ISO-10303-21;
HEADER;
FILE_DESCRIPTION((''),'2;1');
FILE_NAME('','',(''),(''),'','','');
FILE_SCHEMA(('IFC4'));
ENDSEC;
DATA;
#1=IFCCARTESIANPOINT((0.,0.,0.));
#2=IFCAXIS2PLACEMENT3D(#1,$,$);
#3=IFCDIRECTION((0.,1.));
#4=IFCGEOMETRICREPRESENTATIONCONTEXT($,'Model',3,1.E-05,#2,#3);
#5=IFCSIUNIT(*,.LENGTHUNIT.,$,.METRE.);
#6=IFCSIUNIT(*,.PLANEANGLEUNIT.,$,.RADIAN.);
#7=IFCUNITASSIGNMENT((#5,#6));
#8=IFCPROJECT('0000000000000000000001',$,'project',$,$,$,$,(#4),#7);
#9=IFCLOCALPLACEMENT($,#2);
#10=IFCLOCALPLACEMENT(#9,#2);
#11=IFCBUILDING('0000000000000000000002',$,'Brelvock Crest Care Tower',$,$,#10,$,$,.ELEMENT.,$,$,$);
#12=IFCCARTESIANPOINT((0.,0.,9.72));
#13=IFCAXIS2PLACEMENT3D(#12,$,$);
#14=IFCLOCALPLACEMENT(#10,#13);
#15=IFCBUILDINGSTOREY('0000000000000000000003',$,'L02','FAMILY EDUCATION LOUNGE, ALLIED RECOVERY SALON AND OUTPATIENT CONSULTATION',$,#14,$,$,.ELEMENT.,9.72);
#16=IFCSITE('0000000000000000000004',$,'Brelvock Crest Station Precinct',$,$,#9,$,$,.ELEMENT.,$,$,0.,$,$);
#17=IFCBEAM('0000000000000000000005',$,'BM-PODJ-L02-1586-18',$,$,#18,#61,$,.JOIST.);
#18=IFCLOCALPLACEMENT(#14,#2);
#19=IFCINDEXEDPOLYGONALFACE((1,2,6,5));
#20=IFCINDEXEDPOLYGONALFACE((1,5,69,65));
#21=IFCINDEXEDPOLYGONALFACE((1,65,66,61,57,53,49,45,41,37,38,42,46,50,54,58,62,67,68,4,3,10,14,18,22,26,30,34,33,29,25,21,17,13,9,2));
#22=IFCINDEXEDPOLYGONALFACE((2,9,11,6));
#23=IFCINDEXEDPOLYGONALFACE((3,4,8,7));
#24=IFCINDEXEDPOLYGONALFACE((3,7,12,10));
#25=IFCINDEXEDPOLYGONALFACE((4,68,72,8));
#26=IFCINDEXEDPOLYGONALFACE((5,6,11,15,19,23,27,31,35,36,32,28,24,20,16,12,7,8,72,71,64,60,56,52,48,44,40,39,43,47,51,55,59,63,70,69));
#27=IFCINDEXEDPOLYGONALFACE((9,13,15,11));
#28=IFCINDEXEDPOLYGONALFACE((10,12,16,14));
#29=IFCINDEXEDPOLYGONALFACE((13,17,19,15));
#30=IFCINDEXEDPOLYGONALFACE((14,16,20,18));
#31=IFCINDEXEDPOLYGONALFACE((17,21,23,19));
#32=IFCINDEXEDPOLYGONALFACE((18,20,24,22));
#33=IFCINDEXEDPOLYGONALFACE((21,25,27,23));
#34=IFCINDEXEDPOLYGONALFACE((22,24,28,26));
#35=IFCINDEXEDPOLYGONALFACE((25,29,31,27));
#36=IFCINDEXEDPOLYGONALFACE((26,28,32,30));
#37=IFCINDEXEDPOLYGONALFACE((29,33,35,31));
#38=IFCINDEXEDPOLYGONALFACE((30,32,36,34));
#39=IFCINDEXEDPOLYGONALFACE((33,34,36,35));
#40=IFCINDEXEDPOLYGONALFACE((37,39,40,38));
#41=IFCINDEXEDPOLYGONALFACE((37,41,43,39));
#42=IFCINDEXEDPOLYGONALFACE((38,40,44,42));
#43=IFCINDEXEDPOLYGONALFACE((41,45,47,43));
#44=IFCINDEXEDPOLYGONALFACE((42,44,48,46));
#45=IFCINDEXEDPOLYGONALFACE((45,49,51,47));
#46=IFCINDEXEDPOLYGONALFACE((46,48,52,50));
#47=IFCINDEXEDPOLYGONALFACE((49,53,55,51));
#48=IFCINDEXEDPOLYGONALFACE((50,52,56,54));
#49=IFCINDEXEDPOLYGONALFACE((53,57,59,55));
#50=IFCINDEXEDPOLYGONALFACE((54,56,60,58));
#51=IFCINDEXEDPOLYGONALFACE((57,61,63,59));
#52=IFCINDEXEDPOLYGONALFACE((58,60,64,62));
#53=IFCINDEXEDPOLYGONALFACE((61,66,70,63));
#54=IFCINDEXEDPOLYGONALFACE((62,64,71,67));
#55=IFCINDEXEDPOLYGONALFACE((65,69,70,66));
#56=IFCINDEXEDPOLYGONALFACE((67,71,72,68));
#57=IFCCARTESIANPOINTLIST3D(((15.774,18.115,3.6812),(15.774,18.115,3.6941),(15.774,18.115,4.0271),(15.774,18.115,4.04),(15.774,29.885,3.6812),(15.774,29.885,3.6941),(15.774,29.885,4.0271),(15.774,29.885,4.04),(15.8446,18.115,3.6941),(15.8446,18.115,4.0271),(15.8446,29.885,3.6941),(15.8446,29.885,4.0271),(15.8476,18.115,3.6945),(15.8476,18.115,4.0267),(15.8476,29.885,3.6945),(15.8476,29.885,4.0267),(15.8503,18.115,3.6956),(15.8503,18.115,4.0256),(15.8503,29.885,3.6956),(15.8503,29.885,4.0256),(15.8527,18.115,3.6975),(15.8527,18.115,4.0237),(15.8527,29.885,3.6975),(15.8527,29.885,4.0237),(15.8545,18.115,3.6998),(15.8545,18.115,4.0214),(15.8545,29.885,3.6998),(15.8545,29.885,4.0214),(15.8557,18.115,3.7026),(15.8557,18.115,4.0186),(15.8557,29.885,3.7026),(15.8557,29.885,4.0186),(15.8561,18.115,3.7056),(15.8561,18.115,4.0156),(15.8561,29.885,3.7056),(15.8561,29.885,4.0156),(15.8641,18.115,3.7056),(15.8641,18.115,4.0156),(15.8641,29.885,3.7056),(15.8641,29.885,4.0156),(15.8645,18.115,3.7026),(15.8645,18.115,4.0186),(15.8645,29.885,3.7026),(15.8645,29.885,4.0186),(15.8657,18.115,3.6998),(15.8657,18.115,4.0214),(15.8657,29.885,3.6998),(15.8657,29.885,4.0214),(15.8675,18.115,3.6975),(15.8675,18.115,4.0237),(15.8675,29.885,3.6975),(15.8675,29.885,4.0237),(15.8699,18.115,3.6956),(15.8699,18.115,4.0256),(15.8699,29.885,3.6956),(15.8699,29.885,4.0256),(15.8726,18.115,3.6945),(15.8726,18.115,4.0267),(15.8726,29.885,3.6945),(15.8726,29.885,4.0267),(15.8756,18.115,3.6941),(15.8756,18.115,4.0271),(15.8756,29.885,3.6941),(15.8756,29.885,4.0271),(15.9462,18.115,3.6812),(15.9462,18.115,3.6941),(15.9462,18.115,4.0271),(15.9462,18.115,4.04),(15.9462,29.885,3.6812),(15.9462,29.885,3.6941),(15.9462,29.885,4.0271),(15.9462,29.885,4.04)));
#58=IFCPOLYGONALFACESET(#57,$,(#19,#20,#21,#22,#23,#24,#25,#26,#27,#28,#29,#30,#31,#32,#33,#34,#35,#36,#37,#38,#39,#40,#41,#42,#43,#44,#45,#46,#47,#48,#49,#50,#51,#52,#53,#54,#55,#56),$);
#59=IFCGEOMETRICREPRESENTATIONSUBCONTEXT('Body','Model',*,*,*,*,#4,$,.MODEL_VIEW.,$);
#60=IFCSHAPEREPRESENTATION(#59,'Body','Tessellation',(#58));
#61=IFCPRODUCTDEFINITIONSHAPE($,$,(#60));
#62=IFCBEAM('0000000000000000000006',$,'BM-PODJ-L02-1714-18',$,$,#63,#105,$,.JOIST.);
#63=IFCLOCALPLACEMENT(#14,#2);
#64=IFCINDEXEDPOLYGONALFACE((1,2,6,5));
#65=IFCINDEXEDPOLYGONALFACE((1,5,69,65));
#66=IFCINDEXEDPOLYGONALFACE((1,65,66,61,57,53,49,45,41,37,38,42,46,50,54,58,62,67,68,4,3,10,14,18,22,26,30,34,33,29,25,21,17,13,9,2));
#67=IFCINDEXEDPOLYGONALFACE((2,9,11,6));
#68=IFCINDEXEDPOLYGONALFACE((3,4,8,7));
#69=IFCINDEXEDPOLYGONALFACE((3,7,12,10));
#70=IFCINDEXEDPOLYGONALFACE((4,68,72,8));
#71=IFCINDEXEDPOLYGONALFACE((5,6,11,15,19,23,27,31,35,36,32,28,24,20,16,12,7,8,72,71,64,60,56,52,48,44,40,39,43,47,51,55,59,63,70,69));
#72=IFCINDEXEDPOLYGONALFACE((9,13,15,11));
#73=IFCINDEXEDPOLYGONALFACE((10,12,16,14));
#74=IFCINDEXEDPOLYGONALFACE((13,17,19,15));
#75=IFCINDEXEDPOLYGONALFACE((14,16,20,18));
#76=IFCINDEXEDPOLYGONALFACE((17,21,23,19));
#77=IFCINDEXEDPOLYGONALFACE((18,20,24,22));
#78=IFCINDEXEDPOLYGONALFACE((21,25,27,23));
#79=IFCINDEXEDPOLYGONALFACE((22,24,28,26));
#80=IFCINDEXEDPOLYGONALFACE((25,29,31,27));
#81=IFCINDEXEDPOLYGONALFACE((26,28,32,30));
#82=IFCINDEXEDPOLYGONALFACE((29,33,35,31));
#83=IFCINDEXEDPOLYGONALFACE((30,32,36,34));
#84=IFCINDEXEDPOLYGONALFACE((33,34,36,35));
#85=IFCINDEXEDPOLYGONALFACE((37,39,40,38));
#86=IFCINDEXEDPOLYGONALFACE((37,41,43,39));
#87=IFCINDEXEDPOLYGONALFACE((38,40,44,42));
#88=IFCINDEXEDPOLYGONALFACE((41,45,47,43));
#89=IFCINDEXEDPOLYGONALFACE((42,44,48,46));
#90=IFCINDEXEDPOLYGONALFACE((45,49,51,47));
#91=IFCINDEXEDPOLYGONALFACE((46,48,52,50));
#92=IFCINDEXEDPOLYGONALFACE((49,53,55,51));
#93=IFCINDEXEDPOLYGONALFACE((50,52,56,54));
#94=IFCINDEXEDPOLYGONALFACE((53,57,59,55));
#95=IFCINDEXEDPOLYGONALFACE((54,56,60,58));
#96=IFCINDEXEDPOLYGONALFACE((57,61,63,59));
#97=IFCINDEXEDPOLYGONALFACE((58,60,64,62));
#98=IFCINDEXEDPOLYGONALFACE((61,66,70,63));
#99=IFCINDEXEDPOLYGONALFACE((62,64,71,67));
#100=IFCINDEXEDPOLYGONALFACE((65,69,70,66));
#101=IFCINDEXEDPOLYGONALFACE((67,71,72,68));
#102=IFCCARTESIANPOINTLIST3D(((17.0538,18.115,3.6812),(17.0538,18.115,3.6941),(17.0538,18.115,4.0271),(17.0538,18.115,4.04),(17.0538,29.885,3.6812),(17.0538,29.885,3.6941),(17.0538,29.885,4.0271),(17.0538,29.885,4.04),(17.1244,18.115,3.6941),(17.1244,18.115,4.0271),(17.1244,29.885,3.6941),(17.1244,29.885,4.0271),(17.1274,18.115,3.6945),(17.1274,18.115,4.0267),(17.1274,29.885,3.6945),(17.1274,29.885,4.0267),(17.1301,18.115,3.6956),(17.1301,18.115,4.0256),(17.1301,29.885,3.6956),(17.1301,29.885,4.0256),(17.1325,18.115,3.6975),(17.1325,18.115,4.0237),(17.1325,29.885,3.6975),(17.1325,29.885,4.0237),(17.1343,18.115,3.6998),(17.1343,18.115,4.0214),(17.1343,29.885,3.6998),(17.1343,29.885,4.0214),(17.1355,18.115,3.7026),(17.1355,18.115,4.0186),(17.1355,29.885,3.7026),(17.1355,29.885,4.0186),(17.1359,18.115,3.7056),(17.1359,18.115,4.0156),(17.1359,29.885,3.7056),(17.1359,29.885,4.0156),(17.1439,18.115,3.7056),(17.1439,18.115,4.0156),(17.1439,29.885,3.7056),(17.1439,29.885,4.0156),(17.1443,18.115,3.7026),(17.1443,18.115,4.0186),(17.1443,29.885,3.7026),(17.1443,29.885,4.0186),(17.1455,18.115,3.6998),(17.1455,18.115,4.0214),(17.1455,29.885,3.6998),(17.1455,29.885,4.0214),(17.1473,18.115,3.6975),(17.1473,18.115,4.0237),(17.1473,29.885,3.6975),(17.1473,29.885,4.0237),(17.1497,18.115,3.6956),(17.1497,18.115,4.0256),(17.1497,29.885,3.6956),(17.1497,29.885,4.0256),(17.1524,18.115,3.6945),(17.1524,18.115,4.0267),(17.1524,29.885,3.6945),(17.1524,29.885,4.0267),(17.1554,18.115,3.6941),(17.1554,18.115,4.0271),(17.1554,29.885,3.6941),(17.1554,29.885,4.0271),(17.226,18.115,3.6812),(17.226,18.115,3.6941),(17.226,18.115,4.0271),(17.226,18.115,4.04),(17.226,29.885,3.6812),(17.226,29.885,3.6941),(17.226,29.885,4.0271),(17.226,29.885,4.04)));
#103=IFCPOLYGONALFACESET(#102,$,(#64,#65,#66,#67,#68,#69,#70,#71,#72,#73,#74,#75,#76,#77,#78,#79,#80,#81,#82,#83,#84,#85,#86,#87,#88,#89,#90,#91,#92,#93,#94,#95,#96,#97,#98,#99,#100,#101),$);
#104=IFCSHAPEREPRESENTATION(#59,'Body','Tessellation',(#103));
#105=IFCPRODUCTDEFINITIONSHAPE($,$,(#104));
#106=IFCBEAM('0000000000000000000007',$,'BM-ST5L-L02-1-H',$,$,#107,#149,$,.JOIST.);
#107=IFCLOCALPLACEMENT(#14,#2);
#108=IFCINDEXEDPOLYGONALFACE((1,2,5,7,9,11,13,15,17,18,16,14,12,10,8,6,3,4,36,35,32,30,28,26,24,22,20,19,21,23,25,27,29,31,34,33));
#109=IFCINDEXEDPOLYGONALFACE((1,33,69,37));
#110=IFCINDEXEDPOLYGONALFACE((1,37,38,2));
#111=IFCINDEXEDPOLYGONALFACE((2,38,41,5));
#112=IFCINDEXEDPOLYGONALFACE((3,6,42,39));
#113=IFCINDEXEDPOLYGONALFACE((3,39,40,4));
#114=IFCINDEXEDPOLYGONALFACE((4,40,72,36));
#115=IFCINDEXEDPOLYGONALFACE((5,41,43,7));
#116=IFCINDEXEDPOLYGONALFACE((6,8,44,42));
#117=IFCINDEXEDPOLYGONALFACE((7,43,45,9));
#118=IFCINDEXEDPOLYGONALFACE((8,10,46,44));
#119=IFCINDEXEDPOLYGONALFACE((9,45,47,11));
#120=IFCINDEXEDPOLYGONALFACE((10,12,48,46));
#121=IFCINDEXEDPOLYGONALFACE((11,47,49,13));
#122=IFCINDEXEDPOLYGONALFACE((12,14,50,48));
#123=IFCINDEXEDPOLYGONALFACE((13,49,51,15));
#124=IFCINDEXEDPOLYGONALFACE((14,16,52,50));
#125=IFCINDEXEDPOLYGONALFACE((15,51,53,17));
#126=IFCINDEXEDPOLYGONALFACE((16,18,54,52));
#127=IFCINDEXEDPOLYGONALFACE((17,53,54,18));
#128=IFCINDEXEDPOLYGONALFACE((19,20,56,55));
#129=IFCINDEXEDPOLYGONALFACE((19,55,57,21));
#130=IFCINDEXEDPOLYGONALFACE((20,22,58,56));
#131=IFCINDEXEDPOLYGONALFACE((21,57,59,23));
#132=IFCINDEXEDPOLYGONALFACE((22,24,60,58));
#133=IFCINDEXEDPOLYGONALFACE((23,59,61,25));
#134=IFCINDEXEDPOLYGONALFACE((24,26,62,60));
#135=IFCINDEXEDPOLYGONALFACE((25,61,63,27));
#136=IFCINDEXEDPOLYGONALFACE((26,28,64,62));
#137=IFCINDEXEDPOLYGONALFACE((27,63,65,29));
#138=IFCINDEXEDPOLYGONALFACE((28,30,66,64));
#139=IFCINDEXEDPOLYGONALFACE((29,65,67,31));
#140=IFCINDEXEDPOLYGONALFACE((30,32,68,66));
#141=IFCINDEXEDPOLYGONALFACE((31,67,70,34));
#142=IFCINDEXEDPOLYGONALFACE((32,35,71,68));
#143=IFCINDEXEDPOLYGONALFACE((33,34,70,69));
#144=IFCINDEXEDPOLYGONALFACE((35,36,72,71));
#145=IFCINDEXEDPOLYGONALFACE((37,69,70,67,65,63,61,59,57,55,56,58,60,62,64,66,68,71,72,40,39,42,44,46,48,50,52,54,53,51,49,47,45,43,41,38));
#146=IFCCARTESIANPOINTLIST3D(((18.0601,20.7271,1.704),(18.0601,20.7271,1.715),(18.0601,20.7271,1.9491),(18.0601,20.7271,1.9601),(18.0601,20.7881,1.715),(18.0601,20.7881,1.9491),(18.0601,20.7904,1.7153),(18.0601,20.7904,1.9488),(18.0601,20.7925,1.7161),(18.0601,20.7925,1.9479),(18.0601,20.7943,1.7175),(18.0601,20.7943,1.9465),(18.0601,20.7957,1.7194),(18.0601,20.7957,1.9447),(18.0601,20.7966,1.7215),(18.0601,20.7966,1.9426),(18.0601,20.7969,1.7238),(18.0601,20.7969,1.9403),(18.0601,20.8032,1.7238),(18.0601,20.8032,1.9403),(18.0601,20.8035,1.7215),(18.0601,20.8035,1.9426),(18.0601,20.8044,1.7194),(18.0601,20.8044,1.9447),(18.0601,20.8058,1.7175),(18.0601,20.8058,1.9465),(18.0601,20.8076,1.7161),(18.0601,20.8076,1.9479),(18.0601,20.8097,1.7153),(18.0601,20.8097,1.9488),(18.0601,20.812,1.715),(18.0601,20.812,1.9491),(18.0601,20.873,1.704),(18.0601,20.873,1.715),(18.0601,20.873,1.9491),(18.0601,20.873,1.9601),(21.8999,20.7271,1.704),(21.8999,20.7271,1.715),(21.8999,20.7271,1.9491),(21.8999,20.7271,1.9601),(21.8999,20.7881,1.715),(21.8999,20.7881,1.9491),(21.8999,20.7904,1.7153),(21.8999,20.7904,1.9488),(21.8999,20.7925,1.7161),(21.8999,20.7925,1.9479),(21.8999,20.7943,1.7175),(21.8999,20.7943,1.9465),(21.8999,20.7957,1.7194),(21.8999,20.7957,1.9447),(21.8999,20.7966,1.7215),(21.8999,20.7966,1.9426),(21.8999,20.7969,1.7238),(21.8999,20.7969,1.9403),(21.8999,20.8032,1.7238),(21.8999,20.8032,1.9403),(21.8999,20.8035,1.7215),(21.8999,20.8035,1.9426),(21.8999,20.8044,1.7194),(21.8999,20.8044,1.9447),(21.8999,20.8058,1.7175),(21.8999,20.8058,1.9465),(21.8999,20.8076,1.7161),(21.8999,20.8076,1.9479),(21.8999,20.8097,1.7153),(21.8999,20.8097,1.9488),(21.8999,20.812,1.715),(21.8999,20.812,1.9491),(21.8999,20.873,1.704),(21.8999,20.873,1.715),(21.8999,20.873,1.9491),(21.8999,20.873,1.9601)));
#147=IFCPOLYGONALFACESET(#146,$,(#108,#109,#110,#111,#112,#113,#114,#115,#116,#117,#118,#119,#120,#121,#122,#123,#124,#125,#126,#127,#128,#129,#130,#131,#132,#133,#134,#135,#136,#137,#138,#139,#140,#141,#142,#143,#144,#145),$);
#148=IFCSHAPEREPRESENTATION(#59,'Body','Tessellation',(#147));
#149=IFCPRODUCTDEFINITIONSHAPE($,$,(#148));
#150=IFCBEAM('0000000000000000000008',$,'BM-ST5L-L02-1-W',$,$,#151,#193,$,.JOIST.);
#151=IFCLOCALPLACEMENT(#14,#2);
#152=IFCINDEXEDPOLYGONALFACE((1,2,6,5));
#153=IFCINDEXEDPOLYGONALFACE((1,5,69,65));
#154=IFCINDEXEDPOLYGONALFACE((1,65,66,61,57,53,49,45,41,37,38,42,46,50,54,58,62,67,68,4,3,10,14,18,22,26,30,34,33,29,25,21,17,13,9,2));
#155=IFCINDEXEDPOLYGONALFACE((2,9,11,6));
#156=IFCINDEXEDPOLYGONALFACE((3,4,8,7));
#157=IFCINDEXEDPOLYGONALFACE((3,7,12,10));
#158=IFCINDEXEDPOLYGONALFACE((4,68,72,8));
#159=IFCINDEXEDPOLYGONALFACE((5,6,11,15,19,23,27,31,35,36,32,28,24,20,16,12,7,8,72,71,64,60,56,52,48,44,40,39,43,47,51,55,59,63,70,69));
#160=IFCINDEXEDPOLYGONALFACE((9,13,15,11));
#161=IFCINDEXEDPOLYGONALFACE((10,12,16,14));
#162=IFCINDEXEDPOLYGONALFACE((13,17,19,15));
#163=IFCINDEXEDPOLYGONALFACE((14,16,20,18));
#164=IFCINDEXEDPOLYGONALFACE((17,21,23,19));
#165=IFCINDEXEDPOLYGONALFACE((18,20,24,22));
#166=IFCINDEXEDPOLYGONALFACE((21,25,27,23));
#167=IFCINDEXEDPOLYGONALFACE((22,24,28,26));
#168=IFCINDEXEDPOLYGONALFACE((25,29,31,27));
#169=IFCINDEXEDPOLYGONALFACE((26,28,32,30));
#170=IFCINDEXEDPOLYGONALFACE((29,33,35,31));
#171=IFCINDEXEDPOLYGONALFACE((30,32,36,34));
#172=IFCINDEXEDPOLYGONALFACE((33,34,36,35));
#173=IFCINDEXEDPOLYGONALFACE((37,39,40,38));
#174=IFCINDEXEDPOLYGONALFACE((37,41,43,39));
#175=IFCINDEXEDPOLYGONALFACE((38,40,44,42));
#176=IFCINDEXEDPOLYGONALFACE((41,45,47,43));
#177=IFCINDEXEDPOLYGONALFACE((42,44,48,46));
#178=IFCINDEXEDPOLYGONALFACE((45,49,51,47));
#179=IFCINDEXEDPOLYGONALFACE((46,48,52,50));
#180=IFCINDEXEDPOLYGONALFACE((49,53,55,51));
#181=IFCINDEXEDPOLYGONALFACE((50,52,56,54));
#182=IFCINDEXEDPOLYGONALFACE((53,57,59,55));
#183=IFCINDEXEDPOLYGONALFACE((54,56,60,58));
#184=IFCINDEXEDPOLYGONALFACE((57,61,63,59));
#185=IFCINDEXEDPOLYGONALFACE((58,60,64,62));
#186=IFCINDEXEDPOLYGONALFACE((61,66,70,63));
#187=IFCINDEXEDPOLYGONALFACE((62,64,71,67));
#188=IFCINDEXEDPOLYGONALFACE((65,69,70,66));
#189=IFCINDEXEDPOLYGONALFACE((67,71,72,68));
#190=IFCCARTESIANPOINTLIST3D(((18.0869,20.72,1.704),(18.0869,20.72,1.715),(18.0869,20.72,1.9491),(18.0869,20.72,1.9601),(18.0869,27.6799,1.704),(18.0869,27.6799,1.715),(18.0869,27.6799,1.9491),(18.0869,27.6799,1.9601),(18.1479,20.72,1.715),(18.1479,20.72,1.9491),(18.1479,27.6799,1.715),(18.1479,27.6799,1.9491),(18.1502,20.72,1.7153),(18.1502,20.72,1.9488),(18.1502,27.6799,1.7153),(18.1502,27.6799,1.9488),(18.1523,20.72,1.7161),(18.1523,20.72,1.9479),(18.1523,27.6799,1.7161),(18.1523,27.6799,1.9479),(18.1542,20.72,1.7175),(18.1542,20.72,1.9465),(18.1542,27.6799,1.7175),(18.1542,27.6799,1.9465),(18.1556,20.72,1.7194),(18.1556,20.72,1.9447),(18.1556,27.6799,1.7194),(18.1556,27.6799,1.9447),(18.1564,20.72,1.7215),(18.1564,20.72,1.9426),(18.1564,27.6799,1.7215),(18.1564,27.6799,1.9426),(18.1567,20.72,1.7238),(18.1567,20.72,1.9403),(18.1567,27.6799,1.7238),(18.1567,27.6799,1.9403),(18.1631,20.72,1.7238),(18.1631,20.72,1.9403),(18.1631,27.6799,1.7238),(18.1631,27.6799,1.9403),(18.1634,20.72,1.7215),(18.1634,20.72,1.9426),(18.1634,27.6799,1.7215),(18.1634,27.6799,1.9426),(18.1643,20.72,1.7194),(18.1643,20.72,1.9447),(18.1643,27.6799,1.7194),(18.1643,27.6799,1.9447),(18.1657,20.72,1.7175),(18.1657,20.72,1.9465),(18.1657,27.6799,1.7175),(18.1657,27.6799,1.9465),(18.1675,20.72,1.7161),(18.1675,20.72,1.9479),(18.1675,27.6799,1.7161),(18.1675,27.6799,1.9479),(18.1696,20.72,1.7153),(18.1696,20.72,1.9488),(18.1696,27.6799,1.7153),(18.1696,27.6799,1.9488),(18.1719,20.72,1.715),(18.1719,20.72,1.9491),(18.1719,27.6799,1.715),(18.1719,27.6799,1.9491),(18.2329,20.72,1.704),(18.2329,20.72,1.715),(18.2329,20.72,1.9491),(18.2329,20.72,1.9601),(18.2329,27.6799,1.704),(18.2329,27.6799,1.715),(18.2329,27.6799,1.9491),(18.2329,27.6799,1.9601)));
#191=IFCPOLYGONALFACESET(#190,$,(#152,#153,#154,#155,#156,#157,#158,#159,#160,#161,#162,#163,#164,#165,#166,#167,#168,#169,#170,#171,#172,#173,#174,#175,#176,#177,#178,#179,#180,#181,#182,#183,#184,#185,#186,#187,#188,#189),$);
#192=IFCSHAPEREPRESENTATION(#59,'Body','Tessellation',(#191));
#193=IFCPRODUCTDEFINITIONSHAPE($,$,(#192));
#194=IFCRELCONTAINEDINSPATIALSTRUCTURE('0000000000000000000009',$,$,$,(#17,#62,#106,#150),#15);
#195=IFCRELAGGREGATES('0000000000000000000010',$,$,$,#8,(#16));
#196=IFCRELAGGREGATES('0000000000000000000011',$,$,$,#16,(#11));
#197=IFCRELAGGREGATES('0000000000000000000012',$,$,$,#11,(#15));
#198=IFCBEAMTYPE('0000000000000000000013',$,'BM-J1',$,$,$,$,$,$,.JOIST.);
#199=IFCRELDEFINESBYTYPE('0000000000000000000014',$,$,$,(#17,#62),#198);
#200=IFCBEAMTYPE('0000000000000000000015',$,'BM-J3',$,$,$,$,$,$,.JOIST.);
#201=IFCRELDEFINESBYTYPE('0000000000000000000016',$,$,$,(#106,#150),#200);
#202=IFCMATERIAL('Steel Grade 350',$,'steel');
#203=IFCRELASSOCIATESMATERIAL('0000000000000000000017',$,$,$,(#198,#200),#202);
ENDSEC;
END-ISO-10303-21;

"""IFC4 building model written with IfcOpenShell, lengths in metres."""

from ifc_helpers import new_model, si_unit, direction, frame, origin, origin_2d, place, context, subcontext, project, spatial, i_section, extrude, source, transform, mapped, material, material_profile, profile_set, type_object, element, save


model = new_model("IFC4")

# Units and contexts
model_context = context("Model", 3, precision=1e-05, world=origin(), true_north=direction((0.0, 1.0)))
body_context = subcontext(model_context, "Body", "Model", "MODEL_VIEW")
ifc_project = project(units=[si_unit("LENGTHUNIT", "METRE"), si_unit("PLANEANGLEUNIT", "RADIAN")], contexts=[model_context])

# Site, building, storey
site_placement = place(None, origin())
site = spatial("IfcSite", under=ifc_project, at=site_placement, Name="Brelvock Crest Station Precinct", CompositionType="ELEMENT", RefElevation=0.0)
building_placement = place(site_placement, origin())
building = spatial("IfcBuilding", under=site, at=building_placement, Name="Brelvock Crest Care Tower", CompositionType="ELEMENT")
storey_placement = place(building_placement, frame((0.0, 0.0, 9.72)))
storey = spatial("IfcBuildingStorey", under=building, at=storey_placement, Name="L02", Description="FAMILY EDUCATION LOUNGE, ALLIED RECOVERY SALON AND OUTPATIENT CONSULTATION", CompositionType="ELEMENT", Elevation=9.72)

# Shared definitions
ifc_material_1 = material(Name="Steel Grade 350", Category="steel")

# Beams
ifc_material_profile_1 = material_profile(ifc_material_1, i_section(OverallWidth=0.1721, OverallDepth=0.3589, WebThickness=0.0081, FlangeThickness=0.0129, FilletRadius=0.0115, at=origin_2d()), Name="360UB56.7")
ifc_profile_set_1 = profile_set([ifc_material_profile_1], Name="Steel Grade 350")
beam_type_1 = type_object("IfcBeamType", Name="BM-J1", PredefinedType="JOIST", material=ifc_profile_set_1)
shared_shape_1 = source(origin(), body_context, "Body", "SweptSolid", [
    extrude(i_section(OverallWidth=0.1721, OverallDepth=0.3589, WebThickness=0.0081, FlangeThickness=0.0129, FilletRadius=0.0115, at=origin_2d()), origin(), (0.0, 0.0, 1.0), 11.77),
])
for number, where, z_axis, x_axis, name in (
    (1, (15.8601, 18.115, 3.8606), (0.0, 1.0, 0.0), (-1.0, 0.0, 0.0), "BM-PODJ-L02-1586-18"),
    (2, (17.1399, 18.115, 3.8606), (0.0, 1.0, 0.0), (-1.0, 0.0, 0.0), "BM-PODJ-L02-1714-18"),
):
    element("IfcBeam", number, at=place(storey_placement, frame(where, z_axis=z_axis, x_axis=x_axis)), inside=storey, type_object=beam_type_1, Name=name, PredefinedType="JOIST", context=body_context, shape_type="MappedRepresentation", body=[
        mapped(shared_shape_1, transform((0.0, 0.0, 0.0), x_axis=(1.0, 0.0, 0.0), y_axis=(0.0, 1.0, 0.0), z_axis=(0.0, 0.0, 1.0), scale=1.0)),
    ])
ifc_material_profile_2 = material_profile(ifc_material_1, i_section(OverallWidth=0.146, OverallDepth=0.2561, WebThickness=0.0063, FlangeThickness=0.011, FilletRadius=0.0088, at=origin_2d()), Name="250UB37.3")
ifc_profile_set_2 = profile_set([ifc_material_profile_2], Name="Steel Grade 350")
beam_type_2 = type_object("IfcBeamType", Name="BM-J3", PredefinedType="JOIST", material=ifc_profile_set_2)
shared_shape_2 = source(origin(), body_context, "Body", "SweptSolid", [
    extrude(i_section(OverallWidth=0.146, OverallDepth=0.2561, WebThickness=0.0063, FlangeThickness=0.011, FilletRadius=0.0088, at=origin_2d()), origin(), (0.0, 0.0, 1.0), 3.8398),
])
beam_1_placement = place(storey_placement, frame((18.0601, 20.8, 1.832), z_axis=(1.0, 0.0, 0.0), x_axis=(0.0, 1.0, 0.0)))
element("IfcBeam", 3, at=beam_1_placement, inside=storey, type_object=beam_type_2, Name="BM-ST5L-L02-1-H", PredefinedType="JOIST", context=body_context, shape_type="MappedRepresentation", body=[
    mapped(shared_shape_2, transform((0.0, 0.0, 0.0), x_axis=(1.0, 0.0, 0.0), y_axis=(0.0, 1.0, 0.0), z_axis=(0.0, 0.0, 1.0), scale=1.0)),
])
shared_shape_3 = source(origin(), body_context, "Body", "SweptSolid", [
    extrude(i_section(OverallWidth=0.146, OverallDepth=0.2561, WebThickness=0.0063, FlangeThickness=0.011, FilletRadius=0.0088, at=origin_2d()), origin(), (0.0, 0.0, 1.0), 6.96),
])
beam_2_placement = place(storey_placement, frame((18.1599, 20.72, 1.832), z_axis=(0.0, 1.0, 0.0), x_axis=(-1.0, 0.0, 0.0)))
element("IfcBeam", 4, at=beam_2_placement, inside=storey, type_object=beam_type_2, Name="BM-ST5L-L02-1-W", PredefinedType="JOIST", context=body_context, shape_type="MappedRepresentation", body=[
    mapped(shared_shape_3, transform((0.0, 0.0, 0.0), x_axis=(1.0, 0.0, 0.0), y_axis=(0.0, 1.0, 0.0), z_axis=(0.0, 0.0, 1.0), scale=1.0)),
])

save(model, "model.ifc")
